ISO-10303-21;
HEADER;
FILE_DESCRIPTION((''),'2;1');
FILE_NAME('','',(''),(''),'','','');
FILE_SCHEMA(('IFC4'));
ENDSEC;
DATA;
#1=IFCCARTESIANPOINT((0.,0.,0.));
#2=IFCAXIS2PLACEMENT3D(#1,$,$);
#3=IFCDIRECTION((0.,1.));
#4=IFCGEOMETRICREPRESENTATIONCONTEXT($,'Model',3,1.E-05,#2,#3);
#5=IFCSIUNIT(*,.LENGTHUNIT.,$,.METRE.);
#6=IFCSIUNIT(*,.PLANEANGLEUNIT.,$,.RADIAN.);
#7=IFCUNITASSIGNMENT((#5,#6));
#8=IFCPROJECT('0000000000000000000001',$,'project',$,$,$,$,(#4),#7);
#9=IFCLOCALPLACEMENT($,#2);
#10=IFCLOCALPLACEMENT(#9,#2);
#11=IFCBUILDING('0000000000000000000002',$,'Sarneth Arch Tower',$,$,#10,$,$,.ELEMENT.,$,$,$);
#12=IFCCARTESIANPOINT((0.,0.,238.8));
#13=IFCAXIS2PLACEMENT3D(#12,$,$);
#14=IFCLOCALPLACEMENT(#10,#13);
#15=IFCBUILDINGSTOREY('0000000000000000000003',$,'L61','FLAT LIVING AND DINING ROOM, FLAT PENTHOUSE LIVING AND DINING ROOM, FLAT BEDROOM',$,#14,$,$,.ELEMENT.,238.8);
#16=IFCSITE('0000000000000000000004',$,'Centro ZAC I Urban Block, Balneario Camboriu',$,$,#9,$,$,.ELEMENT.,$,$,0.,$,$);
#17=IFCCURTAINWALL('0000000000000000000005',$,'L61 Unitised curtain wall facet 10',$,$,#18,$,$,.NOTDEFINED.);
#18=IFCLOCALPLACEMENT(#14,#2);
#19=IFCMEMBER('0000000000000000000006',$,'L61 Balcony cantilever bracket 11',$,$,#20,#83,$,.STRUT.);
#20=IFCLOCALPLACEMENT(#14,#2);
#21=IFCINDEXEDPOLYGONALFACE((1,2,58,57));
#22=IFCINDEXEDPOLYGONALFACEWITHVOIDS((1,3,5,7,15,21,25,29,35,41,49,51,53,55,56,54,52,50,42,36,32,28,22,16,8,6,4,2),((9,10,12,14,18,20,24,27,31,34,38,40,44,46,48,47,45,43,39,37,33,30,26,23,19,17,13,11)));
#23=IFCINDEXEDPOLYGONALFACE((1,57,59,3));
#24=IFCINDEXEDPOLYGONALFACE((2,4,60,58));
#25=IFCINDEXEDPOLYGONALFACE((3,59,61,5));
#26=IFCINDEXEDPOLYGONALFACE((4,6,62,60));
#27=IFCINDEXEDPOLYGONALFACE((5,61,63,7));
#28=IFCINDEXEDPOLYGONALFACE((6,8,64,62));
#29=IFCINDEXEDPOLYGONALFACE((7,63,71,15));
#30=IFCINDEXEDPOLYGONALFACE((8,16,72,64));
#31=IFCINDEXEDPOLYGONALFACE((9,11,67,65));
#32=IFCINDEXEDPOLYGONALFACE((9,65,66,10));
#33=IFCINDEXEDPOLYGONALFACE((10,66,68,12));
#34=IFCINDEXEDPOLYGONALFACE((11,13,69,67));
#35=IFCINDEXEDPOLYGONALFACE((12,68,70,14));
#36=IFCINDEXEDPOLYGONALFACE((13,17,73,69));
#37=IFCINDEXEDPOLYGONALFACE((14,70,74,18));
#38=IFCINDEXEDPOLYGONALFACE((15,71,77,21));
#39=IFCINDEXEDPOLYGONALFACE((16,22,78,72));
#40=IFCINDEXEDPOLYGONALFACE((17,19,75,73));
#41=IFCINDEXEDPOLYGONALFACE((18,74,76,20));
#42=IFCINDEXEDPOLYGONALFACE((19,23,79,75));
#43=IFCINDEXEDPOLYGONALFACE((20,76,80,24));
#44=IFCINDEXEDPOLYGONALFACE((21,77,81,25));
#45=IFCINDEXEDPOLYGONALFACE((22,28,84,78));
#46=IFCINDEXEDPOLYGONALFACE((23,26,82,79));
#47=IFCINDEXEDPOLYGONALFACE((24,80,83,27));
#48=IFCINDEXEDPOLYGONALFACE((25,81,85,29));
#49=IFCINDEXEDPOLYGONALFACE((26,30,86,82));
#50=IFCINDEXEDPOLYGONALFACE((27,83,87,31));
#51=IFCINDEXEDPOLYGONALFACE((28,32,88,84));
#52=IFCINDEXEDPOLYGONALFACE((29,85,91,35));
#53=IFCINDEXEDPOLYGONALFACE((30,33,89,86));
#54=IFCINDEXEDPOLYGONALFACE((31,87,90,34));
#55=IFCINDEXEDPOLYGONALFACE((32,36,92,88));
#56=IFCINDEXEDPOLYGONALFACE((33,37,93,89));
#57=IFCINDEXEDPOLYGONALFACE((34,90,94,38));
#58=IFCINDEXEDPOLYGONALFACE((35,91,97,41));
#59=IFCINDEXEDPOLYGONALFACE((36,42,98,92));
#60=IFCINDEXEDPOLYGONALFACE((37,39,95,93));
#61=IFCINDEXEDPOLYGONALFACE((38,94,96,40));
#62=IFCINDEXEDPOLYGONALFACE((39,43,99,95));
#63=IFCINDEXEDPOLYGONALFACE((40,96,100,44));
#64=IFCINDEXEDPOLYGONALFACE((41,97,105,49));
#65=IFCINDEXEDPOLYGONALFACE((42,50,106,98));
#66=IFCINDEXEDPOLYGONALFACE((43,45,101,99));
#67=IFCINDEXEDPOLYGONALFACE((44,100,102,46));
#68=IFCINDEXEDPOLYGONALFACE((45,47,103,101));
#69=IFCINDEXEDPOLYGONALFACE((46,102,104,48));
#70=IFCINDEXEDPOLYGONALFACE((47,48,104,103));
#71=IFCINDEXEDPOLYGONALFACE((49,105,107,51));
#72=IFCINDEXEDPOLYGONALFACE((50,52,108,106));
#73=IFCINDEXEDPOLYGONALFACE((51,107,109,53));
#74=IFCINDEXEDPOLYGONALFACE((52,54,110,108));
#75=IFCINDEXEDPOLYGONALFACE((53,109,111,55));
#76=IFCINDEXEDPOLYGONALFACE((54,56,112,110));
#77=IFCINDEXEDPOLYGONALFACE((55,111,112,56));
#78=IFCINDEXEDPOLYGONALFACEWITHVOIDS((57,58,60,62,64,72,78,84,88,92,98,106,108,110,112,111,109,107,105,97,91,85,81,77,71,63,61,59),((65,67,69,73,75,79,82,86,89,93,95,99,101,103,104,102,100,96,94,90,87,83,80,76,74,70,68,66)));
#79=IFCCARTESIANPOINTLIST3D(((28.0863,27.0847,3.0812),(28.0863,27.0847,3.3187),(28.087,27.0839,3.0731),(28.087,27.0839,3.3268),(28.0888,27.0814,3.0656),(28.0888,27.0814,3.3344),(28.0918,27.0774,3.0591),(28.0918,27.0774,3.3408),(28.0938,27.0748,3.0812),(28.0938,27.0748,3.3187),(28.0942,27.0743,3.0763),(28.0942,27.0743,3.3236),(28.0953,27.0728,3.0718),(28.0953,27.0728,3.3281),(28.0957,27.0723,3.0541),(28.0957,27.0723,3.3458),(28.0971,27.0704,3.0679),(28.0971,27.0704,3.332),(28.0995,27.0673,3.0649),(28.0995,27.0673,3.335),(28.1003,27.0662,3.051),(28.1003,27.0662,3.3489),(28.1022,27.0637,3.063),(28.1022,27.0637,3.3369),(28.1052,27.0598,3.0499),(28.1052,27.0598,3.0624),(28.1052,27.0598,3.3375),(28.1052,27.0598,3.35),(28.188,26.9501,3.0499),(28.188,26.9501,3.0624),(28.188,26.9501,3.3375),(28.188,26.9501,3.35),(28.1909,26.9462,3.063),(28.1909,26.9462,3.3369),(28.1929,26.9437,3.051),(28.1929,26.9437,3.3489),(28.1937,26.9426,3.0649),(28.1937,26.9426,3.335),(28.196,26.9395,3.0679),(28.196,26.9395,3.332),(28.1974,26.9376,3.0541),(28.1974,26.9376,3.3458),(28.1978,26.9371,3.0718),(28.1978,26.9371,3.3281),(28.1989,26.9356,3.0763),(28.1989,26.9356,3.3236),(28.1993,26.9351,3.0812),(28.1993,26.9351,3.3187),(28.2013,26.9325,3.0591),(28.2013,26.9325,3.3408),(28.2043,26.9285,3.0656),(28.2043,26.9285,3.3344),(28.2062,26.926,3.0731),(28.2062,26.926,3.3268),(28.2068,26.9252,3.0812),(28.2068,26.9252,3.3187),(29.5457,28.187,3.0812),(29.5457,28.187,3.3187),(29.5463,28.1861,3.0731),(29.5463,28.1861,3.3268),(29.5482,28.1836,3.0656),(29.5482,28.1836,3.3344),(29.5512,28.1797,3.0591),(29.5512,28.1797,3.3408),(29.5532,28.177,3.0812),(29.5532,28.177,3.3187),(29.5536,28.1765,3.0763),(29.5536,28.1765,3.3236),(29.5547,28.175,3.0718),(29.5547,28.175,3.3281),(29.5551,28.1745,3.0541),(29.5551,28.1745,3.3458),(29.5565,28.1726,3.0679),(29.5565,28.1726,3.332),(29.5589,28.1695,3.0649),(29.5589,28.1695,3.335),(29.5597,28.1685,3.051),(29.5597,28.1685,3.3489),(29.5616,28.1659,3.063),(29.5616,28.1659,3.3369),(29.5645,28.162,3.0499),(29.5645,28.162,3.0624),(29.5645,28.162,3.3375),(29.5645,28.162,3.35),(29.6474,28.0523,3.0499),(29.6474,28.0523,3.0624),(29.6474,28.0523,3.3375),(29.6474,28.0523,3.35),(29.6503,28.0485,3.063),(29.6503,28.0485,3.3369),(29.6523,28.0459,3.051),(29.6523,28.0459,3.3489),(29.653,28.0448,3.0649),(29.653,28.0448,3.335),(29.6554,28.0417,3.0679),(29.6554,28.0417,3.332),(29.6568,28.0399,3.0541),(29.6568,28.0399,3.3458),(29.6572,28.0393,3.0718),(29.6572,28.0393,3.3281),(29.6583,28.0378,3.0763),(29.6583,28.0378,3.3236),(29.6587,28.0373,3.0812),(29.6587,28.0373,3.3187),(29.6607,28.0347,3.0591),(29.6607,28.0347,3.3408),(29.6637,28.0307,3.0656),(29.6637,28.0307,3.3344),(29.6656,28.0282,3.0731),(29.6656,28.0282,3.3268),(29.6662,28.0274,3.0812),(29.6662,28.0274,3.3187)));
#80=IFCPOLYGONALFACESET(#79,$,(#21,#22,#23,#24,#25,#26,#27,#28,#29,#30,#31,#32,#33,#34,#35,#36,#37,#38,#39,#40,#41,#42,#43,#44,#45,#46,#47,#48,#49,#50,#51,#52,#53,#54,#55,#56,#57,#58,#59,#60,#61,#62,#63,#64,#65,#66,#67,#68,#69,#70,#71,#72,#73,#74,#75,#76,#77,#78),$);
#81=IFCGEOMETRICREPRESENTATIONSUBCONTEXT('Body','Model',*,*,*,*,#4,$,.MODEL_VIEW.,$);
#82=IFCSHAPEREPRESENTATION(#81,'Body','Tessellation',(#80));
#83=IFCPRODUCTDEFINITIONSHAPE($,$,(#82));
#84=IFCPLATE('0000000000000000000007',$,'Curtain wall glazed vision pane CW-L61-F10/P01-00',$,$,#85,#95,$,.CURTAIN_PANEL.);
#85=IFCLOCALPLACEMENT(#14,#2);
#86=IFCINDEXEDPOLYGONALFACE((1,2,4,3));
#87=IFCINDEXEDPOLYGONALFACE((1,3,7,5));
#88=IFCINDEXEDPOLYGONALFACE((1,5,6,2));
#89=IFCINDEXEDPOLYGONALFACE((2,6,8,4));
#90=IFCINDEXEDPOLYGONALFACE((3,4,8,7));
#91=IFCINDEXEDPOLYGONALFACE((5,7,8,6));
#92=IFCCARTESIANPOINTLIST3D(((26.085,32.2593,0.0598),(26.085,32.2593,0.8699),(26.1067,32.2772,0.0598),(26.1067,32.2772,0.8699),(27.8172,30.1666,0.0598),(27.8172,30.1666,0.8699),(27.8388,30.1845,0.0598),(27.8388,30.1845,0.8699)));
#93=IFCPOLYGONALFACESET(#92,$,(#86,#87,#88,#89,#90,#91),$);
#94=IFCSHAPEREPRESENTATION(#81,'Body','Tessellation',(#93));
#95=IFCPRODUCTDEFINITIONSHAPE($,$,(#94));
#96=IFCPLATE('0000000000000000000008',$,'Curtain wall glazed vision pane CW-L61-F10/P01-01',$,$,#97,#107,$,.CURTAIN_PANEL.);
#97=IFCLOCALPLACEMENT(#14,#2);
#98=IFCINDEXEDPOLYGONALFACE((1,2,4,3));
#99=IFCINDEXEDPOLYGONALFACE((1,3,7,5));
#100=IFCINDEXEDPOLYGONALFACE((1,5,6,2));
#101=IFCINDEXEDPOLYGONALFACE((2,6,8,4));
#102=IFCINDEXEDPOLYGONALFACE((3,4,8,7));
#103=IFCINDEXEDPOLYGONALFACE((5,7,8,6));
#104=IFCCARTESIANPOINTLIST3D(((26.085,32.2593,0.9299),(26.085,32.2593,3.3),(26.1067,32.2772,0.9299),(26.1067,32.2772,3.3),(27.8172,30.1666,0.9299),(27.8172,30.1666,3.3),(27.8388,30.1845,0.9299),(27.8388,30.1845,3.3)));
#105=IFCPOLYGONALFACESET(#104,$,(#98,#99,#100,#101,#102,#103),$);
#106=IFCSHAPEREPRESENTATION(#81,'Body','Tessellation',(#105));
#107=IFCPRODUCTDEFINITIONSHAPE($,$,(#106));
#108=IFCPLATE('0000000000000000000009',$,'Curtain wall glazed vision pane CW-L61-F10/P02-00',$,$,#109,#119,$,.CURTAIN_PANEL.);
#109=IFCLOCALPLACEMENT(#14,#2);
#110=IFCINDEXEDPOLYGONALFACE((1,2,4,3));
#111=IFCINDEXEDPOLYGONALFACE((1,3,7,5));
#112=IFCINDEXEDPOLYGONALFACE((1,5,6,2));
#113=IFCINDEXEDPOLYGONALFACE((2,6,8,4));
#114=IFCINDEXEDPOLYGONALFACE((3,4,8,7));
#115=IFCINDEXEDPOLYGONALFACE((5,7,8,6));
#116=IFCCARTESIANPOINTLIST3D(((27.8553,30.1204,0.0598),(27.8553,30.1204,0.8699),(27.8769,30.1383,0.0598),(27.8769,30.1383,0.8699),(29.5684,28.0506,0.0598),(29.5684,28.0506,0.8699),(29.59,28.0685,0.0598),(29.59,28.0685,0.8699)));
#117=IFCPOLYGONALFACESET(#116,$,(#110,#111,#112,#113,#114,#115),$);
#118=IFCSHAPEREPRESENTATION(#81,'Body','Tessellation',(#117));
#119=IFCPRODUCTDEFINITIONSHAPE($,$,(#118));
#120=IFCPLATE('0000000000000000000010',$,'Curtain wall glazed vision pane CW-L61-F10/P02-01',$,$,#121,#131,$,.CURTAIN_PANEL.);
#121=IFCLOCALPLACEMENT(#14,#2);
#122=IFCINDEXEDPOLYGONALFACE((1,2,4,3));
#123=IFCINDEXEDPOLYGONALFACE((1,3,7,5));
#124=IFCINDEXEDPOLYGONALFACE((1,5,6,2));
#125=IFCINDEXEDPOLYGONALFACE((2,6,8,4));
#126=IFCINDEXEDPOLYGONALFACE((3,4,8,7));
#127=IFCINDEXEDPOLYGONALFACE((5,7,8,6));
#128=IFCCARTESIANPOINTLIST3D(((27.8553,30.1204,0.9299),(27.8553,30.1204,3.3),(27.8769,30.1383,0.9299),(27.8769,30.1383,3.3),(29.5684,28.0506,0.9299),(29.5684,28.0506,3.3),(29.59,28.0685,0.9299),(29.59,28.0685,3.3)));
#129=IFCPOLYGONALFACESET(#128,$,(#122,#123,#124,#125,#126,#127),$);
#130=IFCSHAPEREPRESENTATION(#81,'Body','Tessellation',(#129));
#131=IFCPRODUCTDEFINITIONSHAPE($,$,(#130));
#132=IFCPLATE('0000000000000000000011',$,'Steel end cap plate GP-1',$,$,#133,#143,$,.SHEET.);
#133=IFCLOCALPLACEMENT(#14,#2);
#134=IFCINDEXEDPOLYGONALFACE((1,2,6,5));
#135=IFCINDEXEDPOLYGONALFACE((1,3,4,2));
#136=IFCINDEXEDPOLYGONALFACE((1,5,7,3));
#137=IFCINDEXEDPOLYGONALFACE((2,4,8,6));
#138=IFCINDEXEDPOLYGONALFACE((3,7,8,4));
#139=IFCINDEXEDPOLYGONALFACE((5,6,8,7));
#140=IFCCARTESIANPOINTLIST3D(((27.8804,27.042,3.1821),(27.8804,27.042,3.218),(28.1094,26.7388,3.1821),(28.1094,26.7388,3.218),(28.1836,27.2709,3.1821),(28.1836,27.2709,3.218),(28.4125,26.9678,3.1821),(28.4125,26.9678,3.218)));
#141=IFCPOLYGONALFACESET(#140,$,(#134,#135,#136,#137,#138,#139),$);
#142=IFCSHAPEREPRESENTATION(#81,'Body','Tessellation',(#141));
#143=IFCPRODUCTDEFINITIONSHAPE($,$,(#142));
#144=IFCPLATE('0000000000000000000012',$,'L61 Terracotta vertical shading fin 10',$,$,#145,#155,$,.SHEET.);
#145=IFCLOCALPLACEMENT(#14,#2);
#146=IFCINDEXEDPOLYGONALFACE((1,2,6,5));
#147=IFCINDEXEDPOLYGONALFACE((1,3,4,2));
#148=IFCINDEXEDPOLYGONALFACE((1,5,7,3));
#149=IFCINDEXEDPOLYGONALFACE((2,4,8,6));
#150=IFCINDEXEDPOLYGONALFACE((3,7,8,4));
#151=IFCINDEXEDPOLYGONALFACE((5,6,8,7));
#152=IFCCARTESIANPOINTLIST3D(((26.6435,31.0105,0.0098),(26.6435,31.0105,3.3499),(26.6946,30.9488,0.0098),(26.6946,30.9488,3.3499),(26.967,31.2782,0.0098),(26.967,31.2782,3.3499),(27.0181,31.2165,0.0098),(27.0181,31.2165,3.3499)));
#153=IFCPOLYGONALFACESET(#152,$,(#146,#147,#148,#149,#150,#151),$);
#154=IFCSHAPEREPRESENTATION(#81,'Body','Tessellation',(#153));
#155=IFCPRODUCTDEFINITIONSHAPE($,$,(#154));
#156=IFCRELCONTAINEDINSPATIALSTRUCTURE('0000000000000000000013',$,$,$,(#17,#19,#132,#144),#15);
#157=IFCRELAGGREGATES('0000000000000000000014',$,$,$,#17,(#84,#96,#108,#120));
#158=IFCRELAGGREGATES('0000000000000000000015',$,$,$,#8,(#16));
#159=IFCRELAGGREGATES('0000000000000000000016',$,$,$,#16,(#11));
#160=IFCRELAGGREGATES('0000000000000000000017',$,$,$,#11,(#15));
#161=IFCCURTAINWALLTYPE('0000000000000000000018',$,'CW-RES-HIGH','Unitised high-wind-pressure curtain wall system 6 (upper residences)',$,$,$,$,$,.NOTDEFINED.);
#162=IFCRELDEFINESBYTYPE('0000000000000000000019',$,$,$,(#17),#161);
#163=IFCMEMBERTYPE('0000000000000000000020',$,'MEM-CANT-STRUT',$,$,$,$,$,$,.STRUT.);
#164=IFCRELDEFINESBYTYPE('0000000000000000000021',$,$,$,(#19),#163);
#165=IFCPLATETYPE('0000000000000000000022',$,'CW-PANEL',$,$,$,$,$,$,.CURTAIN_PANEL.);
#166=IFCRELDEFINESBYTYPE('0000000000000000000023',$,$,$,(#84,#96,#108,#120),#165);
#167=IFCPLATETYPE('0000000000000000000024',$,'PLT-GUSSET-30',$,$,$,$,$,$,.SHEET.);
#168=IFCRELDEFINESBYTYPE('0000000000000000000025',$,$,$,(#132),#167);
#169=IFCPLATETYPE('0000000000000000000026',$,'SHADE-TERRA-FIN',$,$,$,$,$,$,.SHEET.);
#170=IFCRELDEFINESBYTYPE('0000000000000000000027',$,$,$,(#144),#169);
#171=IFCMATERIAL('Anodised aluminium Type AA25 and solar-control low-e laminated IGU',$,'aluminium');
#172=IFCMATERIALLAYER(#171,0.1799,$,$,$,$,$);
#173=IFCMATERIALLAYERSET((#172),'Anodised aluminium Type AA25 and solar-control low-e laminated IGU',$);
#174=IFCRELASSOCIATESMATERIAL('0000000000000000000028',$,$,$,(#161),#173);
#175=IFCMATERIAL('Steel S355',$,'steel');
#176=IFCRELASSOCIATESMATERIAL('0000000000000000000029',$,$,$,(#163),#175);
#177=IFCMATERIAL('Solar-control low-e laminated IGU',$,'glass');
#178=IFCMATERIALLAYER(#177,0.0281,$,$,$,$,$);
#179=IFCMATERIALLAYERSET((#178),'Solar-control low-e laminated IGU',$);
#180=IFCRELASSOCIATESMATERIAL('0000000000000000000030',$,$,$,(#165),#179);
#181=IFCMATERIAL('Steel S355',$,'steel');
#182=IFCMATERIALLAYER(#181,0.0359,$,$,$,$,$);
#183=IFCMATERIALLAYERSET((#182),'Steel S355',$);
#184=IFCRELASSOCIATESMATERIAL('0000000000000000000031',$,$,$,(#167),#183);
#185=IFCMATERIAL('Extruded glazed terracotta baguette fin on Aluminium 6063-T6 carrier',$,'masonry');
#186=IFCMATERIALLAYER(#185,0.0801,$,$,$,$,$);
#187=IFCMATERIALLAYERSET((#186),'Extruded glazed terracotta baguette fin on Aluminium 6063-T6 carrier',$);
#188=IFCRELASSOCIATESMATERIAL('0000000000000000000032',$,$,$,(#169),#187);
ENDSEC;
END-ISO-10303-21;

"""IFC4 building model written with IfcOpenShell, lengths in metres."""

from ifc_helpers import new_model, si_unit, direction, frame, origin, origin_2d, place, context, subcontext, project, spatial, rectangle, hollow_rectangle, extrude, material, layer, layer_set, material_profile, profile_set, type_object, element, aggregate, save


model = new_model("IFC4")

# Units and contexts
model_context = context("Model", 3, precision=1e-05, world=origin(), true_north=direction((0.0, 1.0)))
body_context = subcontext(model_context, "Body", "Model", "MODEL_VIEW")
ifc_project = project(units=[si_unit("LENGTHUNIT", "METRE"), si_unit("PLANEANGLEUNIT", "RADIAN")], contexts=[model_context])

# Site, building, storey
site_placement = place(None, origin())
site = spatial("IfcSite", under=ifc_project, at=site_placement, Name="Centro ZAC I Urban Block, Balneario Camboriu", CompositionType="ELEMENT", RefElevation=0.0)
building_placement = place(site_placement, origin())
building = spatial("IfcBuilding", under=site, at=building_placement, Name="Sarneth Arch Tower", CompositionType="ELEMENT")
storey_placement = place(building_placement, frame((0.0, 0.0, 238.8)))
storey = spatial("IfcBuildingStorey", under=building, at=storey_placement, Name="L61", Description="FLAT LIVING AND DINING ROOM, FLAT PENTHOUSE LIVING AND DINING ROOM, FLAT BEDROOM", CompositionType="ELEMENT", Elevation=238.8)

# Curtain wall
ifc_material_1 = material(Name="Anodised aluminium Type AA25 and solar-control low-e laminated IGU", Category="aluminium")
ifc_layer_1 = layer(ifc_material_1, 0.1799)
ifc_layer_set_1 = layer_set([ifc_layer_1], Name="Anodised aluminium Type AA25 and solar-control low-e laminated IGU")
curtain_wall_type = type_object("IfcCurtainWallType", Name="CW-RES-HIGH", Description="Unitised high-wind-pressure curtain wall system 6 (upper residences)", PredefinedType="NOTDEFINED", material=ifc_layer_set_1)
curtain_wall_placement = place(storey_placement, origin())
curtain_wall = element("IfcCurtainWall", 1, at=curtain_wall_placement, inside=storey, type_object=curtain_wall_type, Name="L61 Unitised curtain wall facet 10", PredefinedType="NOTDEFINED")

# Member
ifc_material_2 = material(Name="Steel S355", Category="steel")
ifc_material_profile_1 = material_profile(ifc_material_2, hollow_rectangle(XDim=0.2, YDim=0.3, WallThickness=0.0125, InnerFilletRadius=0.0188, OuterFilletRadius=0.0312, at=origin_2d()), Name="RHS300x200x12.5")
ifc_profile_set_1 = profile_set([ifc_material_profile_1], Name="Steel S355")
member_type_1 = type_object("IfcMemberType", Name="MEM-CANT-STRUT", PredefinedType="STRUT", material=ifc_profile_set_1)
member_1_placement = place(storey_placement, frame((29.606, 28.1072, 3.2), z_axis=(-0.797977, -0.602688, 0.0), x_axis=(0.602688, -0.797977, 0.0)))
element("IfcMember", 2, at=member_1_placement, inside=storey, type_object=member_type_1, Name="L61 Balcony cantilever bracket 11", PredefinedType="STRUT", context=body_context, shape_type="SweptSolid", body=[
    extrude(hollow_rectangle(XDim=0.2, YDim=0.3, WallThickness=0.0125, InnerFilletRadius=0.0188, OuterFilletRadius=0.0312, at=origin_2d()), origin(), (0.0, 0.0, 1.0), 1.8289),
])

# Plates
ifc_material_3 = material(Name="Solar-control low-e laminated IGU", Category="glass")
ifc_layer_2 = layer(ifc_material_3, 0.0281)
ifc_layer_set_2 = layer_set([ifc_layer_2], Name="Solar-control low-e laminated IGU")
plate_type_1 = type_object("IfcPlateType", Name="CW-PANEL", PredefinedType="CURTAIN_PANEL", material=ifc_layer_set_2)
plate_1_placement = place(storey_placement, frame((26.9619, 31.2219, 0.0598), z_axis=(0.0, 0.0, 1.0), x_axis=(0.63761, -0.770359, 0.0)))
plate_1 = element("IfcPlate", 3, at=plate_1_placement, type_object=plate_type_1, Name="Curtain wall glazed vision pane CW-L61-F10/P01-00", PredefinedType="CURTAIN_PANEL", context=body_context, shape_type="SweptSolid", body=[
    extrude(rectangle(XDim=2.7166, YDim=0.0281, at=origin_2d()), origin(), (0.0, 0.0, 1.0), 0.8101),
])
plate_2_placement = place(storey_placement, frame((26.9619, 31.2219, 0.9299), z_axis=(0.0, 0.0, 1.0), x_axis=(0.63761, -0.770359, 0.0)))
plate_2 = element("IfcPlate", 4, at=plate_2_placement, type_object=plate_type_1, Name="Curtain wall glazed vision pane CW-L61-F10/P01-01", PredefinedType="CURTAIN_PANEL", context=body_context, shape_type="SweptSolid", body=[
    extrude(rectangle(XDim=2.7166, YDim=0.0281, at=origin_2d()), origin(), (0.0, 0.0, 1.0), 2.3701),
])
plate_3_placement = place(storey_placement, frame((28.7227, 29.0945, 0.0598), z_axis=(0.0, 0.0, 1.0), x_axis=(0.63761, -0.770359, 0.0)))
plate_3 = element("IfcPlate", 5, at=plate_3_placement, type_object=plate_type_1, Name="Curtain wall glazed vision pane CW-L61-F10/P02-00", PredefinedType="CURTAIN_PANEL", context=body_context, shape_type="SweptSolid", body=[
    extrude(rectangle(XDim=2.6868, YDim=0.0281, at=origin_2d()), origin(), (0.0, 0.0, 1.0), 0.8101),
])
plate_4_placement = place(storey_placement, frame((28.7227, 29.0945, 0.9299), z_axis=(0.0, 0.0, 1.0), x_axis=(0.63761, -0.770359, 0.0)))
plate_4 = element("IfcPlate", 6, at=plate_4_placement, type_object=plate_type_1, Name="Curtain wall glazed vision pane CW-L61-F10/P02-01", PredefinedType="CURTAIN_PANEL", context=body_context, shape_type="SweptSolid", body=[
    extrude(rectangle(XDim=2.6868, YDim=0.0281, at=origin_2d()), origin(), (0.0, 0.0, 1.0), 2.3701),
])
aggregate(curtain_wall, [plate_1, plate_2, plate_3, plate_4])

# Plates
ifc_material_4 = material(Name="Steel S355", Category="steel")
ifc_layer_3 = layer(ifc_material_4, 0.0359)
ifc_layer_set_3 = layer_set([ifc_layer_3], Name="Steel S355")
plate_type_2 = type_object("IfcPlateType", Name="PLT-GUSSET-30", PredefinedType="SHEET", material=ifc_layer_set_3)
plate_5_placement = place(storey_placement, frame((28.1465, 27.0049, 3.1821), z_axis=(0.0, 0.0, 1.0), x_axis=(-0.798005, -0.602651, 0.0)))
element("IfcPlate", 7, at=plate_5_placement, inside=storey, type_object=plate_type_2, Name="Steel end cap plate GP-1", PredefinedType="SHEET", context=body_context, shape_type="SweptSolid", body=[
    extrude(rectangle(XDim=0.3799, YDim=0.3799, at=origin_2d()), origin(), (0.0, 0.0, 1.0), 0.0359),
])
ifc_material_5 = material(Name="Extruded glazed terracotta baguette fin on Aluminium 6063-T6 carrier", Category="masonry")
ifc_layer_4 = layer(ifc_material_5, 0.0801)
ifc_layer_set_4 = layer_set([ifc_layer_4], Name="Extruded glazed terracotta baguette fin on Aluminium 6063-T6 carrier")
plate_type_3 = type_object("IfcPlateType", Name="SHADE-TERRA-FIN", PredefinedType="SHEET", material=ifc_layer_set_4)
plate_6_placement = place(storey_placement, frame((26.8308, 31.1135, 0.0098), z_axis=(0.0, 0.0, 1.0), x_axis=(-0.770402, -0.637558, 0.0)))
element("IfcPlate", 8, at=plate_6_placement, inside=storey, type_object=plate_type_3, Name="L61 Terracotta vertical shading fin 10", PredefinedType="SHEET", context=body_context, shape_type="SweptSolid", body=[
    extrude(rectangle(XDim=0.4199, YDim=0.0801, at=origin_2d()), origin(), (0.0, 0.0, 1.0), 3.3401),
])

save(model, "model.ifc")
